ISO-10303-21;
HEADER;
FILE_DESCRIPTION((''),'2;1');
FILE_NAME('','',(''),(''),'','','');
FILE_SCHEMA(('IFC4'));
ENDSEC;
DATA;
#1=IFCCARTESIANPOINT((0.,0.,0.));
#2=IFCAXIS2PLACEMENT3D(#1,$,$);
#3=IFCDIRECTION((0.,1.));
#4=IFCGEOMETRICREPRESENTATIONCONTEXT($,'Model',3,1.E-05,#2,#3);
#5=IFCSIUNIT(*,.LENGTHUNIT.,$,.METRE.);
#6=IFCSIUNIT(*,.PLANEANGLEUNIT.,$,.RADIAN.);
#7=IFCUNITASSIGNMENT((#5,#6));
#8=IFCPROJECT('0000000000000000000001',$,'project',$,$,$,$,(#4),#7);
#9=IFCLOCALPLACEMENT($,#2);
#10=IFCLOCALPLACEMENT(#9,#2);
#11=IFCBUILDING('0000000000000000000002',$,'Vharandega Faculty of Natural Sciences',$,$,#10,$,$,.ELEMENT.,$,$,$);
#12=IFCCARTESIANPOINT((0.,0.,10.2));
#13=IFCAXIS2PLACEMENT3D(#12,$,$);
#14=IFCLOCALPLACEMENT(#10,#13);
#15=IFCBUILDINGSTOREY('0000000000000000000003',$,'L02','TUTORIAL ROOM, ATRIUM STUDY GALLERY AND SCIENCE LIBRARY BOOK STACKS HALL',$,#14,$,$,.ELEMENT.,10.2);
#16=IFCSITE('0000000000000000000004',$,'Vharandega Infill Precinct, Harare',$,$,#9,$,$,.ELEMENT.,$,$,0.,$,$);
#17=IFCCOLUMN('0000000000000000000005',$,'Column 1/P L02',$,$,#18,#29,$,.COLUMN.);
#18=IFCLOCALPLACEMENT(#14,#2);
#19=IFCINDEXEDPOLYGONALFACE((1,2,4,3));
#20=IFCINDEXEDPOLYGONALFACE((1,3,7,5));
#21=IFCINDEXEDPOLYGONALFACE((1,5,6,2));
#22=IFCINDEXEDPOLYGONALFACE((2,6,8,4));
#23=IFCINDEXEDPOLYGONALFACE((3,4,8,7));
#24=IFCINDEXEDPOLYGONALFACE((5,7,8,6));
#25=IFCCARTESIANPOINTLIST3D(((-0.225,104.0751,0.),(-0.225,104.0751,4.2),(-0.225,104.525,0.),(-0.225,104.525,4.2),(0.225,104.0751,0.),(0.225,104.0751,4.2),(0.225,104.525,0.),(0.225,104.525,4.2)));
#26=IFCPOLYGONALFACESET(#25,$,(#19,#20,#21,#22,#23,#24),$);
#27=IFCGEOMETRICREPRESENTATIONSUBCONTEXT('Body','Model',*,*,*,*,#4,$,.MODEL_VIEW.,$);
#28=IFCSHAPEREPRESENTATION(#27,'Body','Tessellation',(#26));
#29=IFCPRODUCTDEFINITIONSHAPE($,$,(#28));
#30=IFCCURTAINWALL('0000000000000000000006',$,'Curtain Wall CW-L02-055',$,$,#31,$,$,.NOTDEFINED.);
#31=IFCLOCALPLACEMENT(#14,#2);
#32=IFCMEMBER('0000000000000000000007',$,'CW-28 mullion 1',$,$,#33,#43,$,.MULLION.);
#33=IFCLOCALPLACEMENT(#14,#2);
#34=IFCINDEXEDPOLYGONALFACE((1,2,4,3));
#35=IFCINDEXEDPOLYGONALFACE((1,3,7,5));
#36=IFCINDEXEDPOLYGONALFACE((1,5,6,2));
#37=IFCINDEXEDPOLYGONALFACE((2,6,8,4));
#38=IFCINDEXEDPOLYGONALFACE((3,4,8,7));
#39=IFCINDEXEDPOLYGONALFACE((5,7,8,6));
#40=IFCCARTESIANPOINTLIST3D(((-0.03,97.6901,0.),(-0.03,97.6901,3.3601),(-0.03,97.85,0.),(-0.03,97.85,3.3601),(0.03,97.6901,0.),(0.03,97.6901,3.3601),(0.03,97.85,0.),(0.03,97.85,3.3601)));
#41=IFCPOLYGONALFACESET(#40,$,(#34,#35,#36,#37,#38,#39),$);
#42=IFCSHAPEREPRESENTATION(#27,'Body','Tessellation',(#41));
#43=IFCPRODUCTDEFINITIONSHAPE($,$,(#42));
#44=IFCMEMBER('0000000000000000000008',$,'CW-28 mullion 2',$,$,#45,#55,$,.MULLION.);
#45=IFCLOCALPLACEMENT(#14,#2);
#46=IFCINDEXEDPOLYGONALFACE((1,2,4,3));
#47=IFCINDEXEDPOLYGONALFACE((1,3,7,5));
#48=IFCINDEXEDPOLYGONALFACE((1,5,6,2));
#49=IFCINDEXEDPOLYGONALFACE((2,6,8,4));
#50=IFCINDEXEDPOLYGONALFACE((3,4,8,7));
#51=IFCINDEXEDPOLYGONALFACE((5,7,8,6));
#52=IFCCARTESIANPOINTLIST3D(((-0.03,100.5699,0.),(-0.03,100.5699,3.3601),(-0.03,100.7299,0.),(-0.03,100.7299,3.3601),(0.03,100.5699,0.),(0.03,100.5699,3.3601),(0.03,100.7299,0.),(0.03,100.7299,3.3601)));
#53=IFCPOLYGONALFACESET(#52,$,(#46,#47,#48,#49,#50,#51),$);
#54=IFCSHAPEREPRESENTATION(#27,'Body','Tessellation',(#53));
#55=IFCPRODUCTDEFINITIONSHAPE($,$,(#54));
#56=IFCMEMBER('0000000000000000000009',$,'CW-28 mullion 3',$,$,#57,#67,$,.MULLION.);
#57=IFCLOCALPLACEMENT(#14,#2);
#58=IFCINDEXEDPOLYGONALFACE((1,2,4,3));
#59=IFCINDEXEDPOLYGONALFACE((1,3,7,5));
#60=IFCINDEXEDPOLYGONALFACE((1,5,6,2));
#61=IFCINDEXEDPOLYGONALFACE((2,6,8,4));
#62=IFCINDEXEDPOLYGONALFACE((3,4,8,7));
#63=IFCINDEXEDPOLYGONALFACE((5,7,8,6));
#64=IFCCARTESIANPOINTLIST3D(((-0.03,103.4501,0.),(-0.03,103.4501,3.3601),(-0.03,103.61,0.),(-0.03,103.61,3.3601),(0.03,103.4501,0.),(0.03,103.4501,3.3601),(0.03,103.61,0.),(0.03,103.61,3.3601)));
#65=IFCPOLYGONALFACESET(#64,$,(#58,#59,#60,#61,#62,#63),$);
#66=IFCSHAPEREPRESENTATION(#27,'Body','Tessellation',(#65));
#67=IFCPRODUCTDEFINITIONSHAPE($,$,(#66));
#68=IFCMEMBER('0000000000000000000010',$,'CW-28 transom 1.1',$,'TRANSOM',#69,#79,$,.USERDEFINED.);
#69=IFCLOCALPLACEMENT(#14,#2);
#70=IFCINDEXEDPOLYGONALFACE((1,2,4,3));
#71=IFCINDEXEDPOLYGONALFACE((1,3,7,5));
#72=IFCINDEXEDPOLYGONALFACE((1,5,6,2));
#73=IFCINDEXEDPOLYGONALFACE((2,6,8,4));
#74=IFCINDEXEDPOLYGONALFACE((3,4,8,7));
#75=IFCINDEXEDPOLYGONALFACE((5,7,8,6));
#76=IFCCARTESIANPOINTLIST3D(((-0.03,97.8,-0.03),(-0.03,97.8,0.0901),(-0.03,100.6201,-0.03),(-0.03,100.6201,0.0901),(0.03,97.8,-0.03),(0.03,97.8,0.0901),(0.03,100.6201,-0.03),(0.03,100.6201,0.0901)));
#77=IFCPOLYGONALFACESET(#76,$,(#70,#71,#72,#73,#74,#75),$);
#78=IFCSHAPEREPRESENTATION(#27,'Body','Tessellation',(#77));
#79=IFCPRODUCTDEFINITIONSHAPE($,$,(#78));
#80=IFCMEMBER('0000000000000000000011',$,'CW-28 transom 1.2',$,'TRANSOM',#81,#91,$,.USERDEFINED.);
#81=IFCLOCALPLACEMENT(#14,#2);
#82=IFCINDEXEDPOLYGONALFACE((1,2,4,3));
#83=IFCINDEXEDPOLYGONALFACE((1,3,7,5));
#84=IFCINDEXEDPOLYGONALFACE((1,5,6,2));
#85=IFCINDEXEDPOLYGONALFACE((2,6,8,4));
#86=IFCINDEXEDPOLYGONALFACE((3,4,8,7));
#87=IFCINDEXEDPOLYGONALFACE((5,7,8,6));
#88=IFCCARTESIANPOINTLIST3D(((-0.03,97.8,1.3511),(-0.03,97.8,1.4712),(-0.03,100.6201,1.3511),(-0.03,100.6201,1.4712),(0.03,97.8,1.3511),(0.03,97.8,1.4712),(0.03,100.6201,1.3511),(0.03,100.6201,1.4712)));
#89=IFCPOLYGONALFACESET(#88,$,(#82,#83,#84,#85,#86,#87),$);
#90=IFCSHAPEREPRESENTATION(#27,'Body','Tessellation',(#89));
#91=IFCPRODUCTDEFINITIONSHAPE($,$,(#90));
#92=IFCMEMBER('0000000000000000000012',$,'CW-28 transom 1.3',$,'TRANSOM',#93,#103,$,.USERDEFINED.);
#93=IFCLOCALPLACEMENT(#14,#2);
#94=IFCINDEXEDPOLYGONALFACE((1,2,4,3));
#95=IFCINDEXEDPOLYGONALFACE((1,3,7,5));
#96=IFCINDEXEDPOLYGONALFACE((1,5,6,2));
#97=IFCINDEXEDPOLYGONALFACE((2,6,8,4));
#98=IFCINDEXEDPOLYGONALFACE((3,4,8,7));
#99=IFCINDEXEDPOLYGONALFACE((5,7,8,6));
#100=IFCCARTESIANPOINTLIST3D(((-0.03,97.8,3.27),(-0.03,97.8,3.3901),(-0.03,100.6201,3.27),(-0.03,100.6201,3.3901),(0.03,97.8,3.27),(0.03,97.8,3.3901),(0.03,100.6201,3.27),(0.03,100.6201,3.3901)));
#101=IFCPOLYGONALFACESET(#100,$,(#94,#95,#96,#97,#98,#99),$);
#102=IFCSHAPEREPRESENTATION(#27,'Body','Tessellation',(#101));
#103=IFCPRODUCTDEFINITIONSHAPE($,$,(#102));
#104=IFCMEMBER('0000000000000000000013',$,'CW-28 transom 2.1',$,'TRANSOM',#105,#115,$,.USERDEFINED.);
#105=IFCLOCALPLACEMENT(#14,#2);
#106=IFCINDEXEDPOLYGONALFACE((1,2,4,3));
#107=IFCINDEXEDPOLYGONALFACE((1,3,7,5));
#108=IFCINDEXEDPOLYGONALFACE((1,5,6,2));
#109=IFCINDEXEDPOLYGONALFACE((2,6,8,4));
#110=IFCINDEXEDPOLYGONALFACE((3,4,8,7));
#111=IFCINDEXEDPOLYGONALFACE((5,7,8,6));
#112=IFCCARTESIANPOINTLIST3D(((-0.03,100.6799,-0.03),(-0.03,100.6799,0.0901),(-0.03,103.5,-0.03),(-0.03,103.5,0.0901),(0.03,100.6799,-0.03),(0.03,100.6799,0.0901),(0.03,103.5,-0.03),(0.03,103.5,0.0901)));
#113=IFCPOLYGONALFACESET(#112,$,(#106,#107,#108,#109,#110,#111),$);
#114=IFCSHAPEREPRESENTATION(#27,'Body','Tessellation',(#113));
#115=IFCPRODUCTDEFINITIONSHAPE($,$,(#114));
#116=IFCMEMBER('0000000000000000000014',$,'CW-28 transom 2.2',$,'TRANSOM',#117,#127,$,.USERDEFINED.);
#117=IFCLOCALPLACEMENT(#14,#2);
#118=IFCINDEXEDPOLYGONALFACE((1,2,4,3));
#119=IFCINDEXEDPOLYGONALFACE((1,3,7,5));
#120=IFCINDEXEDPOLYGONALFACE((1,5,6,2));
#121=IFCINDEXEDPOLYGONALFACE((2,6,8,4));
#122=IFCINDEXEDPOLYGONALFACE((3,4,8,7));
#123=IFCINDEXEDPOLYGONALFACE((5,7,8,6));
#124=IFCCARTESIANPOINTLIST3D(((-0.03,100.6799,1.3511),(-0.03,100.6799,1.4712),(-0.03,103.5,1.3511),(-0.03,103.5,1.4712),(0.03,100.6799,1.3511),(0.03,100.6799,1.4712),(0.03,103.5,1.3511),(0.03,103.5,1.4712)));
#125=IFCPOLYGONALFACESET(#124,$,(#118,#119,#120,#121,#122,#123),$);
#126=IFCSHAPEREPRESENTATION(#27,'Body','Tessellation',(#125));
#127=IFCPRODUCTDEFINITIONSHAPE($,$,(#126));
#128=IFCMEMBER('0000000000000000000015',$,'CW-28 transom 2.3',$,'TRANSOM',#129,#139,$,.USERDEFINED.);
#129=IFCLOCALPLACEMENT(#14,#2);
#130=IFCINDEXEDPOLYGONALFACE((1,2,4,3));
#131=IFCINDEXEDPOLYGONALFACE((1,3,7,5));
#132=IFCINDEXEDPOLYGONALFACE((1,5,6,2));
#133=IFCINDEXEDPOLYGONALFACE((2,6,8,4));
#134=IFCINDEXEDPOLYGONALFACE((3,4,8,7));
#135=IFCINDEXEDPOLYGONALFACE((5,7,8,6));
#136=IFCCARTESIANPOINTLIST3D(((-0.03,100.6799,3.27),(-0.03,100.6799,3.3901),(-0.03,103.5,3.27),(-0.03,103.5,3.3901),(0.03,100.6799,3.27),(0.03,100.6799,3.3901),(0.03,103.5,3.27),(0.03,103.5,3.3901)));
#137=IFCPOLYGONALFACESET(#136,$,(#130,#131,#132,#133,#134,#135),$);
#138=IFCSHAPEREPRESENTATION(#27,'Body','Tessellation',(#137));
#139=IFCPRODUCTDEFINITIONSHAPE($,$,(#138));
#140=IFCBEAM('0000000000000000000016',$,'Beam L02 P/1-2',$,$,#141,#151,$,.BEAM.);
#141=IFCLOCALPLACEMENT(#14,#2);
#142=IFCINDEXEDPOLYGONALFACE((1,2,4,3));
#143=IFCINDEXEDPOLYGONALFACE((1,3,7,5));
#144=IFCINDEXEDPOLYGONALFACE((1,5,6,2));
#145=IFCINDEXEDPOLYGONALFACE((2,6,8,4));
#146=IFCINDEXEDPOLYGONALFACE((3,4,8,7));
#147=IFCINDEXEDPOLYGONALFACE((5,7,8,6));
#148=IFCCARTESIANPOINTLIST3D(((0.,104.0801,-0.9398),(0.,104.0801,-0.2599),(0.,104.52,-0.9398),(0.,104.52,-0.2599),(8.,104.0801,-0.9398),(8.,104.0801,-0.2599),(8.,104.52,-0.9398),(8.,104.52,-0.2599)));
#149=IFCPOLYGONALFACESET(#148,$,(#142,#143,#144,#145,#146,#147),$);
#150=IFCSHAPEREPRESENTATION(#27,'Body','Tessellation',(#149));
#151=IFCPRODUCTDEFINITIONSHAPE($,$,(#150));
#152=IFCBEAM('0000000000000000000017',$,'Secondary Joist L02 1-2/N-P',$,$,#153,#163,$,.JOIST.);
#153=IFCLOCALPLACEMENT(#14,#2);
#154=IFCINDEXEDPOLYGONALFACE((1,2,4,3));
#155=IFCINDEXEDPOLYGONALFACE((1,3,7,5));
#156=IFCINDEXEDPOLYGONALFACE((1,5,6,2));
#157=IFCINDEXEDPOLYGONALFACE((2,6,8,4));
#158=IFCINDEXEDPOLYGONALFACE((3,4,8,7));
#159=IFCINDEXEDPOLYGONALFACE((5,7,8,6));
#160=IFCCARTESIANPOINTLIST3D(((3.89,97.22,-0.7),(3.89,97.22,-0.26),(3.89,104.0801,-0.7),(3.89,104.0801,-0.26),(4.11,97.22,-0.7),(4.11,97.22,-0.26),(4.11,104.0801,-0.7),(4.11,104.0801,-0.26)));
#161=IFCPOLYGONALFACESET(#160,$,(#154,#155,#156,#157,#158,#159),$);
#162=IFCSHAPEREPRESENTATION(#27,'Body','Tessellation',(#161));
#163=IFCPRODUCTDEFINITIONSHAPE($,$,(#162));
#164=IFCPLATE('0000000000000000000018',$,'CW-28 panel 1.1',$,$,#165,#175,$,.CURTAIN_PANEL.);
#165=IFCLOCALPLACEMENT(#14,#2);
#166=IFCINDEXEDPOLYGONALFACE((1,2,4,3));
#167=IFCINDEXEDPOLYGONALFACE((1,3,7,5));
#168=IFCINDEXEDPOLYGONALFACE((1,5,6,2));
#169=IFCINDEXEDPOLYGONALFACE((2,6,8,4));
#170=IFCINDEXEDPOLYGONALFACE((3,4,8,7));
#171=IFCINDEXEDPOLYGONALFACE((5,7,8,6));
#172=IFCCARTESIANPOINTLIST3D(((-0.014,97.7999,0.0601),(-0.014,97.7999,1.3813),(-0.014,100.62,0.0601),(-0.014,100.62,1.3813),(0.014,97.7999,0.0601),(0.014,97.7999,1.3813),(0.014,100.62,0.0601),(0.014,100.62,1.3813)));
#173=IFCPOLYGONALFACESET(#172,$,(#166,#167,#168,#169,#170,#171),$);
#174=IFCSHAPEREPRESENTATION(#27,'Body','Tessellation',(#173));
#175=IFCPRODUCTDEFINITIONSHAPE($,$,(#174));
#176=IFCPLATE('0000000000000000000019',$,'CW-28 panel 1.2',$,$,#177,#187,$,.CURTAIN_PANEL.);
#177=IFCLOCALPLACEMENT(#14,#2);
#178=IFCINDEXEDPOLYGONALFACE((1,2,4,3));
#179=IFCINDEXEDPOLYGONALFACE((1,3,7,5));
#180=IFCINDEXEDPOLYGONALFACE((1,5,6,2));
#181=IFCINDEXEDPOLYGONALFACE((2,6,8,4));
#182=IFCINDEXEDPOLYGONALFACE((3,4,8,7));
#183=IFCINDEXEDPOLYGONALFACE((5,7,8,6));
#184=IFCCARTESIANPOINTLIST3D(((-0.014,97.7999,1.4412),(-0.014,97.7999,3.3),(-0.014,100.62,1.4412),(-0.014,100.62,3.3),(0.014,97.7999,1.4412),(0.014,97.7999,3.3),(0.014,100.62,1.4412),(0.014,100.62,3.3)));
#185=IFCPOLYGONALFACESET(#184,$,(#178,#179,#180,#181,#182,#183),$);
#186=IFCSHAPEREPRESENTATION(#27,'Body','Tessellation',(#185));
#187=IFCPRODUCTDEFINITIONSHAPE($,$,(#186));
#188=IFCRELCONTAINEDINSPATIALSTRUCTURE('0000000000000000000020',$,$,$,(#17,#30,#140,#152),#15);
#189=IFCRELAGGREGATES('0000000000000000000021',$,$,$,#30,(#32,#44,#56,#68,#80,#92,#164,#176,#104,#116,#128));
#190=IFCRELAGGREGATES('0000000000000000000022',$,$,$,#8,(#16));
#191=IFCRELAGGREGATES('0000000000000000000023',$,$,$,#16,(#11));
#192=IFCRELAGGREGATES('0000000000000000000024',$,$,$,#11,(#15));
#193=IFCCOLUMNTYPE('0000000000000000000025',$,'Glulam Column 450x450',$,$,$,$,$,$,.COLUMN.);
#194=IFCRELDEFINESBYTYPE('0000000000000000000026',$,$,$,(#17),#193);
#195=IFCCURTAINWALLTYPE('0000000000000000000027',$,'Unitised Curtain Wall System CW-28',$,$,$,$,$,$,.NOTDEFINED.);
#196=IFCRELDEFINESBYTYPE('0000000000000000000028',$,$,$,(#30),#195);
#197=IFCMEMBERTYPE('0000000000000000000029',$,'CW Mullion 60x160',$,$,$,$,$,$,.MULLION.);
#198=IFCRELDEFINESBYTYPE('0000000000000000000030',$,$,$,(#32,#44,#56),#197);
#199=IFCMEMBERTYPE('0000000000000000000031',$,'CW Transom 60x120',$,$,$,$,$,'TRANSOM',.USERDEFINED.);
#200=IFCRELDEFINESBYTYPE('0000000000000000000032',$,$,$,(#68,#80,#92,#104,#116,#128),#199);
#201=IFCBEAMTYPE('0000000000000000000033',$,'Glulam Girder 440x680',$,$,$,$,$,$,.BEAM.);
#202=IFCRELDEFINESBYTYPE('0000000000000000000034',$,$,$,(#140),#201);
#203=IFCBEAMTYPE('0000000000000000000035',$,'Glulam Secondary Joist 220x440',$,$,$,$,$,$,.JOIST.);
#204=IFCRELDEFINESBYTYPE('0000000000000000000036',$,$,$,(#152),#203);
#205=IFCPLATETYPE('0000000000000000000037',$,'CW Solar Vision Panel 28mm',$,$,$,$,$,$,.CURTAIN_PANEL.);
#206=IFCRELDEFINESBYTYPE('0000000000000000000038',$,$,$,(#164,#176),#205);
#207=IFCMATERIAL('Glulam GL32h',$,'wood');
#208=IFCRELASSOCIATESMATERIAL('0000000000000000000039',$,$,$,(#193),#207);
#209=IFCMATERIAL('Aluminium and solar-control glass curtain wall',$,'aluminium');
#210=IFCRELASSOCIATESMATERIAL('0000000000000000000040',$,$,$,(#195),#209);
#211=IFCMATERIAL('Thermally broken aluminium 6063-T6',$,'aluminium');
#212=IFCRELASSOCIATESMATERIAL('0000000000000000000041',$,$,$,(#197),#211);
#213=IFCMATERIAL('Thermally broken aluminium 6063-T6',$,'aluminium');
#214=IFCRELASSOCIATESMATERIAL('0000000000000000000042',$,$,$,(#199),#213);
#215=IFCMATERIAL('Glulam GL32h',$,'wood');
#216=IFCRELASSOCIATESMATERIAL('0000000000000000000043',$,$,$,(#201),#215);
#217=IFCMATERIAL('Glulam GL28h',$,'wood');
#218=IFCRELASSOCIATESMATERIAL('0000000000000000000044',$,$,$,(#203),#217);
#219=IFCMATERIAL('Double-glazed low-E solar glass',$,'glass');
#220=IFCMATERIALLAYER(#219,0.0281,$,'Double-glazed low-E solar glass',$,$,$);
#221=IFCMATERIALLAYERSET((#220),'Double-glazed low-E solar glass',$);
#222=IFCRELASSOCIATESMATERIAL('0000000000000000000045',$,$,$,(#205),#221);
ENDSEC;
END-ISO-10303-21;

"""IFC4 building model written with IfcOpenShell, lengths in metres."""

from ifc_helpers import new_model, si_unit, direction, frame, origin, origin_2d, place, context, subcontext, project, spatial, rectangle, extrude, material, layer, layer_set, material_profile, profile_set, type_object, element, aggregate, save


model = new_model("IFC4")

# Units and contexts
model_context = context("Model", 3, precision=1e-05, world=origin(), true_north=direction((0.0, 1.0)))
body_context = subcontext(model_context, "Body", "Model", "MODEL_VIEW")
ifc_project = project(units=[si_unit("LENGTHUNIT", "METRE"), si_unit("PLANEANGLEUNIT", "RADIAN")], contexts=[model_context])

# Site, building, storey
site_placement = place(None, origin())
site = spatial("IfcSite", under=ifc_project, at=site_placement, Name="Vharandega Infill Precinct, Harare", CompositionType="ELEMENT", RefElevation=0.0)
building_placement = place(site_placement, origin())
building = spatial("IfcBuilding", under=site, at=building_placement, Name="Vharandega Faculty of Natural Sciences", CompositionType="ELEMENT")
storey_placement = place(building_placement, frame((0.0, 0.0, 10.2)))
storey = spatial("IfcBuildingStorey", under=building, at=storey_placement, Name="L02", Description="TUTORIAL ROOM, ATRIUM STUDY GALLERY AND SCIENCE LIBRARY BOOK STACKS HALL", CompositionType="ELEMENT", Elevation=10.2)

# Column
ifc_material_1 = material(Name="Glulam GL32h", Category="wood")
ifc_material_profile_1 = material_profile(ifc_material_1, rectangle(XDim=0.45, YDim=0.45, at=origin_2d()), Name="GL32h 450x450")
ifc_profile_set_1 = profile_set([ifc_material_profile_1], Name="Glulam GL32h")
column_type = type_object("IfcColumnType", Name="Glulam Column 450x450", PredefinedType="COLUMN", material=ifc_profile_set_1)
column_placement = place(storey_placement, frame((0.0, 104.3, 0.0), z_axis=(0.0, 0.0, 1.0), x_axis=(1.0, 0.0, 0.0)))
element("IfcColumn", 1, at=column_placement, inside=storey, type_object=column_type, Name="Column 1/P L02", PredefinedType="COLUMN", context=body_context, shape_type="SweptSolid", body=[
    extrude(rectangle(XDim=0.45, YDim=0.45, at=origin_2d()), origin(), (0.0, 0.0, 1.0), 4.2),
])

# Curtain wall, members
ifc_material_2 = material(Name="Aluminium and solar-control glass curtain wall", Category="aluminium")
curtain_wall_type = type_object("IfcCurtainWallType", Name="Unitised Curtain Wall System CW-28", PredefinedType="NOTDEFINED", material=ifc_material_2)
curtain_wall_placement = place(storey_placement, origin())
curtain_wall = element("IfcCurtainWall", 2, at=curtain_wall_placement, inside=storey, type_object=curtain_wall_type, Name="Curtain Wall CW-L02-055", PredefinedType="NOTDEFINED")
ifc_material_3 = material(Name="Thermally broken aluminium 6063-T6", Category="aluminium")
ifc_material_profile_2 = material_profile(ifc_material_3, rectangle(XDim=0.0601, YDim=0.1599, at=origin_2d()), Name="ALU 60x160")
ifc_profile_set_2 = profile_set([ifc_material_profile_2], Name="Thermally broken aluminium 6063-T6")
member_type_1 = type_object("IfcMemberType", Name="CW Mullion 60x160", PredefinedType="MULLION", material=ifc_profile_set_2)
member_1_placement = place(storey_placement, frame((0.0, 97.77, 0.0), z_axis=(0.0, 0.0, 1.0), x_axis=(-1.0, 0.0, 0.0)))
member_1 = element("IfcMember", 3, at=member_1_placement, type_object=member_type_1, Name="CW-28 mullion 1", PredefinedType="MULLION", context=body_context, shape_type="SweptSolid", body=[
    extrude(rectangle(XDim=0.0601, YDim=0.1599, at=origin_2d()), origin(), (0.0, 0.0, 1.0), 3.3601),
])
member_2_placement = place(storey_placement, frame((0.0, 100.6499, 0.0), z_axis=(0.0, 0.0, 1.0), x_axis=(-1.0, 0.0, 0.0)))
member_2 = element("IfcMember", 4, at=member_2_placement, type_object=member_type_1, Name="CW-28 mullion 2", PredefinedType="MULLION", context=body_context, shape_type="SweptSolid", body=[
    extrude(rectangle(XDim=0.0601, YDim=0.1599, at=origin_2d()), origin(), (0.0, 0.0, 1.0), 3.3601),
])
member_3_placement = place(storey_placement, frame((0.0, 103.53, 0.0), z_axis=(0.0, 0.0, 1.0), x_axis=(-1.0, 0.0, 0.0)))
member_3 = element("IfcMember", 5, at=member_3_placement, type_object=member_type_1, Name="CW-28 mullion 3", PredefinedType="MULLION", context=body_context, shape_type="SweptSolid", body=[
    extrude(rectangle(XDim=0.0601, YDim=0.1599, at=origin_2d()), origin(), (0.0, 0.0, 1.0), 3.3601),
])
ifc_material_4 = material(Name="Thermally broken aluminium 6063-T6", Category="aluminium")
ifc_material_profile_3 = material_profile(ifc_material_4, rectangle(XDim=0.0601, YDim=0.1201, at=origin_2d()), Name="ALU 60x120")
ifc_profile_set_3 = profile_set([ifc_material_profile_3], Name="Thermally broken aluminium 6063-T6")
member_type_2 = type_object("IfcMemberType", Name="CW Transom 60x120", ElementType="TRANSOM", PredefinedType="USERDEFINED", material=ifc_profile_set_3)
member_4_placement = place(storey_placement, frame((0.0, 97.8, 0.03), z_axis=(0.0, 1.0, 0.0), x_axis=(-1.0, 0.0, 0.0)))
member_4 = element("IfcMember", 6, at=member_4_placement, type_object=member_type_2, Name="CW-28 transom 1.1", ObjectType="TRANSOM", PredefinedType="USERDEFINED", context=body_context, shape_type="SweptSolid", body=[
    extrude(rectangle(XDim=0.0601, YDim=0.1201, at=origin_2d()), origin(), (0.0, 0.0, 1.0), 2.8201),
])
member_5_placement = place(storey_placement, frame((0.0, 97.8, 1.4111), z_axis=(0.0, 1.0, 0.0), x_axis=(-1.0, 0.0, 0.0)))
member_5 = element("IfcMember", 7, at=member_5_placement, type_object=member_type_2, Name="CW-28 transom 1.2", ObjectType="TRANSOM", PredefinedType="USERDEFINED", context=body_context, shape_type="SweptSolid", body=[
    extrude(rectangle(XDim=0.0601, YDim=0.1201, at=origin_2d()), origin(), (0.0, 0.0, 1.0), 2.8201),
])
member_6_placement = place(storey_placement, frame((0.0, 97.8, 3.3301), z_axis=(0.0, 1.0, 0.0), x_axis=(-1.0, 0.0, 0.0)))
member_6 = element("IfcMember", 8, at=member_6_placement, type_object=member_type_2, Name="CW-28 transom 1.3", ObjectType="TRANSOM", PredefinedType="USERDEFINED", context=body_context, shape_type="SweptSolid", body=[
    extrude(rectangle(XDim=0.0601, YDim=0.1201, at=origin_2d()), origin(), (0.0, 0.0, 1.0), 2.8201),
])
member_7_placement = place(storey_placement, frame((0.0, 100.6799, 0.03), z_axis=(0.0, 1.0, 0.0), x_axis=(-1.0, 0.0, 0.0)))
member_7 = element("IfcMember", 9, at=member_7_placement, type_object=member_type_2, Name="CW-28 transom 2.1", ObjectType="TRANSOM", PredefinedType="USERDEFINED", context=body_context, shape_type="SweptSolid", body=[
    extrude(rectangle(XDim=0.0601, YDim=0.1201, at=origin_2d()), origin(), (0.0, 0.0, 1.0), 2.8201),
])
member_8_placement = place(storey_placement, frame((0.0, 100.6799, 1.4111), z_axis=(0.0, 1.0, 0.0), x_axis=(-1.0, 0.0, 0.0)))
member_8 = element("IfcMember", 10, at=member_8_placement, type_object=member_type_2, Name="CW-28 transom 2.2", ObjectType="TRANSOM", PredefinedType="USERDEFINED", context=body_context, shape_type="SweptSolid", body=[
    extrude(rectangle(XDim=0.0601, YDim=0.1201, at=origin_2d()), origin(), (0.0, 0.0, 1.0), 2.8201),
])
member_9_placement = place(storey_placement, frame((0.0, 100.6799, 3.3301), z_axis=(0.0, 1.0, 0.0), x_axis=(-1.0, 0.0, 0.0)))
member_9 = element("IfcMember", 11, at=member_9_placement, type_object=member_type_2, Name="CW-28 transom 2.3", ObjectType="TRANSOM", PredefinedType="USERDEFINED", context=body_context, shape_type="SweptSolid", body=[
    extrude(rectangle(XDim=0.0601, YDim=0.1201, at=origin_2d()), origin(), (0.0, 0.0, 1.0), 2.8201),
])

# Beams
ifc_material_5 = material(Name="Glulam GL32h", Category="wood")
ifc_material_profile_4 = material_profile(ifc_material_5, rectangle(XDim=0.4399, YDim=0.6799, at=origin_2d()), Name="GL32h 440x680")
ifc_profile_set_4 = profile_set([ifc_material_profile_4], Name="Glulam GL32h")
beam_type_1 = type_object("IfcBeamType", Name="Glulam Girder 440x680", PredefinedType="BEAM", material=ifc_profile_set_4)
beam_1_placement = place(storey_placement, frame((0.0, 104.3, -0.5999), z_axis=(1.0, 0.0, 0.0), x_axis=(0.0, 1.0, 0.0)))
element("IfcBeam", 12, at=beam_1_placement, inside=storey, type_object=beam_type_1, Name="Beam L02 P/1-2", PredefinedType="BEAM", context=body_context, shape_type="SweptSolid", body=[
    extrude(rectangle(XDim=0.4399, YDim=0.6799, at=origin_2d()), origin(), (0.0, 0.0, 1.0), 8.0),
])
ifc_material_6 = material(Name="Glulam GL28h", Category="wood")
ifc_material_profile_5 = material_profile(ifc_material_6, rectangle(XDim=0.22, YDim=0.4399, at=origin_2d()), Name="GL28h 220x440")
ifc_profile_set_5 = profile_set([ifc_material_profile_5], Name="Glulam GL28h")
beam_type_2 = type_object("IfcBeamType", Name="Glulam Secondary Joist 220x440", PredefinedType="JOIST", material=ifc_profile_set_5)
beam_2_placement = place(storey_placement, frame((4.0, 97.22, -0.48), z_axis=(0.0, 1.0, 0.0), x_axis=(-1.0, 0.0, 0.0)))
element("IfcBeam", 13, at=beam_2_placement, inside=storey, type_object=beam_type_2, Name="Secondary Joist L02 1-2/N-P", PredefinedType="JOIST", context=body_context, shape_type="SweptSolid", body=[
    extrude(rectangle(XDim=0.22, YDim=0.4399, at=origin_2d()), origin(), (0.0, 0.0, 1.0), 6.8601),
])

# Plates
ifc_material_7 = material(Name="Double-glazed low-E solar glass", Category="glass")
ifc_layer_1 = layer(ifc_material_7, 0.0281, Name="Double-glazed low-E solar glass")
ifc_layer_set_1 = layer_set([ifc_layer_1], Name="Double-glazed low-E solar glass")
plate_type = type_object("IfcPlateType", Name="CW Solar Vision Panel 28mm", PredefinedType="CURTAIN_PANEL", material=ifc_layer_set_1)
plate_1_placement = place(storey_placement, frame((0.0, 99.21, 0.0601), z_axis=(0.0, 0.0, 1.0), x_axis=(0.0, 1.0, 0.0)))
plate_1 = element("IfcPlate", 14, at=plate_1_placement, type_object=plate_type, Name="CW-28 panel 1.1", PredefinedType="CURTAIN_PANEL", context=body_context, shape_type="SweptSolid", body=[
    extrude(rectangle(XDim=2.8201, YDim=0.0281, at=origin_2d()), origin(), (0.0, 0.0, 1.0), 1.3213),
])
plate_2_placement = place(storey_placement, frame((0.0, 99.21, 1.4412), z_axis=(0.0, 0.0, 1.0), x_axis=(0.0, 1.0, 0.0)))
plate_2 = element("IfcPlate", 15, at=plate_2_placement, type_object=plate_type, Name="CW-28 panel 1.2", PredefinedType="CURTAIN_PANEL", context=body_context, shape_type="SweptSolid", body=[
    extrude(rectangle(XDim=2.8201, YDim=0.0281, at=origin_2d()), origin(), (0.0, 0.0, 1.0), 1.8589),
])
aggregate(curtain_wall, [member_1, member_2, member_3, member_4, member_5, member_6, plate_1, plate_2, member_7, member_8, member_9])

save(model, "model.ifc")
